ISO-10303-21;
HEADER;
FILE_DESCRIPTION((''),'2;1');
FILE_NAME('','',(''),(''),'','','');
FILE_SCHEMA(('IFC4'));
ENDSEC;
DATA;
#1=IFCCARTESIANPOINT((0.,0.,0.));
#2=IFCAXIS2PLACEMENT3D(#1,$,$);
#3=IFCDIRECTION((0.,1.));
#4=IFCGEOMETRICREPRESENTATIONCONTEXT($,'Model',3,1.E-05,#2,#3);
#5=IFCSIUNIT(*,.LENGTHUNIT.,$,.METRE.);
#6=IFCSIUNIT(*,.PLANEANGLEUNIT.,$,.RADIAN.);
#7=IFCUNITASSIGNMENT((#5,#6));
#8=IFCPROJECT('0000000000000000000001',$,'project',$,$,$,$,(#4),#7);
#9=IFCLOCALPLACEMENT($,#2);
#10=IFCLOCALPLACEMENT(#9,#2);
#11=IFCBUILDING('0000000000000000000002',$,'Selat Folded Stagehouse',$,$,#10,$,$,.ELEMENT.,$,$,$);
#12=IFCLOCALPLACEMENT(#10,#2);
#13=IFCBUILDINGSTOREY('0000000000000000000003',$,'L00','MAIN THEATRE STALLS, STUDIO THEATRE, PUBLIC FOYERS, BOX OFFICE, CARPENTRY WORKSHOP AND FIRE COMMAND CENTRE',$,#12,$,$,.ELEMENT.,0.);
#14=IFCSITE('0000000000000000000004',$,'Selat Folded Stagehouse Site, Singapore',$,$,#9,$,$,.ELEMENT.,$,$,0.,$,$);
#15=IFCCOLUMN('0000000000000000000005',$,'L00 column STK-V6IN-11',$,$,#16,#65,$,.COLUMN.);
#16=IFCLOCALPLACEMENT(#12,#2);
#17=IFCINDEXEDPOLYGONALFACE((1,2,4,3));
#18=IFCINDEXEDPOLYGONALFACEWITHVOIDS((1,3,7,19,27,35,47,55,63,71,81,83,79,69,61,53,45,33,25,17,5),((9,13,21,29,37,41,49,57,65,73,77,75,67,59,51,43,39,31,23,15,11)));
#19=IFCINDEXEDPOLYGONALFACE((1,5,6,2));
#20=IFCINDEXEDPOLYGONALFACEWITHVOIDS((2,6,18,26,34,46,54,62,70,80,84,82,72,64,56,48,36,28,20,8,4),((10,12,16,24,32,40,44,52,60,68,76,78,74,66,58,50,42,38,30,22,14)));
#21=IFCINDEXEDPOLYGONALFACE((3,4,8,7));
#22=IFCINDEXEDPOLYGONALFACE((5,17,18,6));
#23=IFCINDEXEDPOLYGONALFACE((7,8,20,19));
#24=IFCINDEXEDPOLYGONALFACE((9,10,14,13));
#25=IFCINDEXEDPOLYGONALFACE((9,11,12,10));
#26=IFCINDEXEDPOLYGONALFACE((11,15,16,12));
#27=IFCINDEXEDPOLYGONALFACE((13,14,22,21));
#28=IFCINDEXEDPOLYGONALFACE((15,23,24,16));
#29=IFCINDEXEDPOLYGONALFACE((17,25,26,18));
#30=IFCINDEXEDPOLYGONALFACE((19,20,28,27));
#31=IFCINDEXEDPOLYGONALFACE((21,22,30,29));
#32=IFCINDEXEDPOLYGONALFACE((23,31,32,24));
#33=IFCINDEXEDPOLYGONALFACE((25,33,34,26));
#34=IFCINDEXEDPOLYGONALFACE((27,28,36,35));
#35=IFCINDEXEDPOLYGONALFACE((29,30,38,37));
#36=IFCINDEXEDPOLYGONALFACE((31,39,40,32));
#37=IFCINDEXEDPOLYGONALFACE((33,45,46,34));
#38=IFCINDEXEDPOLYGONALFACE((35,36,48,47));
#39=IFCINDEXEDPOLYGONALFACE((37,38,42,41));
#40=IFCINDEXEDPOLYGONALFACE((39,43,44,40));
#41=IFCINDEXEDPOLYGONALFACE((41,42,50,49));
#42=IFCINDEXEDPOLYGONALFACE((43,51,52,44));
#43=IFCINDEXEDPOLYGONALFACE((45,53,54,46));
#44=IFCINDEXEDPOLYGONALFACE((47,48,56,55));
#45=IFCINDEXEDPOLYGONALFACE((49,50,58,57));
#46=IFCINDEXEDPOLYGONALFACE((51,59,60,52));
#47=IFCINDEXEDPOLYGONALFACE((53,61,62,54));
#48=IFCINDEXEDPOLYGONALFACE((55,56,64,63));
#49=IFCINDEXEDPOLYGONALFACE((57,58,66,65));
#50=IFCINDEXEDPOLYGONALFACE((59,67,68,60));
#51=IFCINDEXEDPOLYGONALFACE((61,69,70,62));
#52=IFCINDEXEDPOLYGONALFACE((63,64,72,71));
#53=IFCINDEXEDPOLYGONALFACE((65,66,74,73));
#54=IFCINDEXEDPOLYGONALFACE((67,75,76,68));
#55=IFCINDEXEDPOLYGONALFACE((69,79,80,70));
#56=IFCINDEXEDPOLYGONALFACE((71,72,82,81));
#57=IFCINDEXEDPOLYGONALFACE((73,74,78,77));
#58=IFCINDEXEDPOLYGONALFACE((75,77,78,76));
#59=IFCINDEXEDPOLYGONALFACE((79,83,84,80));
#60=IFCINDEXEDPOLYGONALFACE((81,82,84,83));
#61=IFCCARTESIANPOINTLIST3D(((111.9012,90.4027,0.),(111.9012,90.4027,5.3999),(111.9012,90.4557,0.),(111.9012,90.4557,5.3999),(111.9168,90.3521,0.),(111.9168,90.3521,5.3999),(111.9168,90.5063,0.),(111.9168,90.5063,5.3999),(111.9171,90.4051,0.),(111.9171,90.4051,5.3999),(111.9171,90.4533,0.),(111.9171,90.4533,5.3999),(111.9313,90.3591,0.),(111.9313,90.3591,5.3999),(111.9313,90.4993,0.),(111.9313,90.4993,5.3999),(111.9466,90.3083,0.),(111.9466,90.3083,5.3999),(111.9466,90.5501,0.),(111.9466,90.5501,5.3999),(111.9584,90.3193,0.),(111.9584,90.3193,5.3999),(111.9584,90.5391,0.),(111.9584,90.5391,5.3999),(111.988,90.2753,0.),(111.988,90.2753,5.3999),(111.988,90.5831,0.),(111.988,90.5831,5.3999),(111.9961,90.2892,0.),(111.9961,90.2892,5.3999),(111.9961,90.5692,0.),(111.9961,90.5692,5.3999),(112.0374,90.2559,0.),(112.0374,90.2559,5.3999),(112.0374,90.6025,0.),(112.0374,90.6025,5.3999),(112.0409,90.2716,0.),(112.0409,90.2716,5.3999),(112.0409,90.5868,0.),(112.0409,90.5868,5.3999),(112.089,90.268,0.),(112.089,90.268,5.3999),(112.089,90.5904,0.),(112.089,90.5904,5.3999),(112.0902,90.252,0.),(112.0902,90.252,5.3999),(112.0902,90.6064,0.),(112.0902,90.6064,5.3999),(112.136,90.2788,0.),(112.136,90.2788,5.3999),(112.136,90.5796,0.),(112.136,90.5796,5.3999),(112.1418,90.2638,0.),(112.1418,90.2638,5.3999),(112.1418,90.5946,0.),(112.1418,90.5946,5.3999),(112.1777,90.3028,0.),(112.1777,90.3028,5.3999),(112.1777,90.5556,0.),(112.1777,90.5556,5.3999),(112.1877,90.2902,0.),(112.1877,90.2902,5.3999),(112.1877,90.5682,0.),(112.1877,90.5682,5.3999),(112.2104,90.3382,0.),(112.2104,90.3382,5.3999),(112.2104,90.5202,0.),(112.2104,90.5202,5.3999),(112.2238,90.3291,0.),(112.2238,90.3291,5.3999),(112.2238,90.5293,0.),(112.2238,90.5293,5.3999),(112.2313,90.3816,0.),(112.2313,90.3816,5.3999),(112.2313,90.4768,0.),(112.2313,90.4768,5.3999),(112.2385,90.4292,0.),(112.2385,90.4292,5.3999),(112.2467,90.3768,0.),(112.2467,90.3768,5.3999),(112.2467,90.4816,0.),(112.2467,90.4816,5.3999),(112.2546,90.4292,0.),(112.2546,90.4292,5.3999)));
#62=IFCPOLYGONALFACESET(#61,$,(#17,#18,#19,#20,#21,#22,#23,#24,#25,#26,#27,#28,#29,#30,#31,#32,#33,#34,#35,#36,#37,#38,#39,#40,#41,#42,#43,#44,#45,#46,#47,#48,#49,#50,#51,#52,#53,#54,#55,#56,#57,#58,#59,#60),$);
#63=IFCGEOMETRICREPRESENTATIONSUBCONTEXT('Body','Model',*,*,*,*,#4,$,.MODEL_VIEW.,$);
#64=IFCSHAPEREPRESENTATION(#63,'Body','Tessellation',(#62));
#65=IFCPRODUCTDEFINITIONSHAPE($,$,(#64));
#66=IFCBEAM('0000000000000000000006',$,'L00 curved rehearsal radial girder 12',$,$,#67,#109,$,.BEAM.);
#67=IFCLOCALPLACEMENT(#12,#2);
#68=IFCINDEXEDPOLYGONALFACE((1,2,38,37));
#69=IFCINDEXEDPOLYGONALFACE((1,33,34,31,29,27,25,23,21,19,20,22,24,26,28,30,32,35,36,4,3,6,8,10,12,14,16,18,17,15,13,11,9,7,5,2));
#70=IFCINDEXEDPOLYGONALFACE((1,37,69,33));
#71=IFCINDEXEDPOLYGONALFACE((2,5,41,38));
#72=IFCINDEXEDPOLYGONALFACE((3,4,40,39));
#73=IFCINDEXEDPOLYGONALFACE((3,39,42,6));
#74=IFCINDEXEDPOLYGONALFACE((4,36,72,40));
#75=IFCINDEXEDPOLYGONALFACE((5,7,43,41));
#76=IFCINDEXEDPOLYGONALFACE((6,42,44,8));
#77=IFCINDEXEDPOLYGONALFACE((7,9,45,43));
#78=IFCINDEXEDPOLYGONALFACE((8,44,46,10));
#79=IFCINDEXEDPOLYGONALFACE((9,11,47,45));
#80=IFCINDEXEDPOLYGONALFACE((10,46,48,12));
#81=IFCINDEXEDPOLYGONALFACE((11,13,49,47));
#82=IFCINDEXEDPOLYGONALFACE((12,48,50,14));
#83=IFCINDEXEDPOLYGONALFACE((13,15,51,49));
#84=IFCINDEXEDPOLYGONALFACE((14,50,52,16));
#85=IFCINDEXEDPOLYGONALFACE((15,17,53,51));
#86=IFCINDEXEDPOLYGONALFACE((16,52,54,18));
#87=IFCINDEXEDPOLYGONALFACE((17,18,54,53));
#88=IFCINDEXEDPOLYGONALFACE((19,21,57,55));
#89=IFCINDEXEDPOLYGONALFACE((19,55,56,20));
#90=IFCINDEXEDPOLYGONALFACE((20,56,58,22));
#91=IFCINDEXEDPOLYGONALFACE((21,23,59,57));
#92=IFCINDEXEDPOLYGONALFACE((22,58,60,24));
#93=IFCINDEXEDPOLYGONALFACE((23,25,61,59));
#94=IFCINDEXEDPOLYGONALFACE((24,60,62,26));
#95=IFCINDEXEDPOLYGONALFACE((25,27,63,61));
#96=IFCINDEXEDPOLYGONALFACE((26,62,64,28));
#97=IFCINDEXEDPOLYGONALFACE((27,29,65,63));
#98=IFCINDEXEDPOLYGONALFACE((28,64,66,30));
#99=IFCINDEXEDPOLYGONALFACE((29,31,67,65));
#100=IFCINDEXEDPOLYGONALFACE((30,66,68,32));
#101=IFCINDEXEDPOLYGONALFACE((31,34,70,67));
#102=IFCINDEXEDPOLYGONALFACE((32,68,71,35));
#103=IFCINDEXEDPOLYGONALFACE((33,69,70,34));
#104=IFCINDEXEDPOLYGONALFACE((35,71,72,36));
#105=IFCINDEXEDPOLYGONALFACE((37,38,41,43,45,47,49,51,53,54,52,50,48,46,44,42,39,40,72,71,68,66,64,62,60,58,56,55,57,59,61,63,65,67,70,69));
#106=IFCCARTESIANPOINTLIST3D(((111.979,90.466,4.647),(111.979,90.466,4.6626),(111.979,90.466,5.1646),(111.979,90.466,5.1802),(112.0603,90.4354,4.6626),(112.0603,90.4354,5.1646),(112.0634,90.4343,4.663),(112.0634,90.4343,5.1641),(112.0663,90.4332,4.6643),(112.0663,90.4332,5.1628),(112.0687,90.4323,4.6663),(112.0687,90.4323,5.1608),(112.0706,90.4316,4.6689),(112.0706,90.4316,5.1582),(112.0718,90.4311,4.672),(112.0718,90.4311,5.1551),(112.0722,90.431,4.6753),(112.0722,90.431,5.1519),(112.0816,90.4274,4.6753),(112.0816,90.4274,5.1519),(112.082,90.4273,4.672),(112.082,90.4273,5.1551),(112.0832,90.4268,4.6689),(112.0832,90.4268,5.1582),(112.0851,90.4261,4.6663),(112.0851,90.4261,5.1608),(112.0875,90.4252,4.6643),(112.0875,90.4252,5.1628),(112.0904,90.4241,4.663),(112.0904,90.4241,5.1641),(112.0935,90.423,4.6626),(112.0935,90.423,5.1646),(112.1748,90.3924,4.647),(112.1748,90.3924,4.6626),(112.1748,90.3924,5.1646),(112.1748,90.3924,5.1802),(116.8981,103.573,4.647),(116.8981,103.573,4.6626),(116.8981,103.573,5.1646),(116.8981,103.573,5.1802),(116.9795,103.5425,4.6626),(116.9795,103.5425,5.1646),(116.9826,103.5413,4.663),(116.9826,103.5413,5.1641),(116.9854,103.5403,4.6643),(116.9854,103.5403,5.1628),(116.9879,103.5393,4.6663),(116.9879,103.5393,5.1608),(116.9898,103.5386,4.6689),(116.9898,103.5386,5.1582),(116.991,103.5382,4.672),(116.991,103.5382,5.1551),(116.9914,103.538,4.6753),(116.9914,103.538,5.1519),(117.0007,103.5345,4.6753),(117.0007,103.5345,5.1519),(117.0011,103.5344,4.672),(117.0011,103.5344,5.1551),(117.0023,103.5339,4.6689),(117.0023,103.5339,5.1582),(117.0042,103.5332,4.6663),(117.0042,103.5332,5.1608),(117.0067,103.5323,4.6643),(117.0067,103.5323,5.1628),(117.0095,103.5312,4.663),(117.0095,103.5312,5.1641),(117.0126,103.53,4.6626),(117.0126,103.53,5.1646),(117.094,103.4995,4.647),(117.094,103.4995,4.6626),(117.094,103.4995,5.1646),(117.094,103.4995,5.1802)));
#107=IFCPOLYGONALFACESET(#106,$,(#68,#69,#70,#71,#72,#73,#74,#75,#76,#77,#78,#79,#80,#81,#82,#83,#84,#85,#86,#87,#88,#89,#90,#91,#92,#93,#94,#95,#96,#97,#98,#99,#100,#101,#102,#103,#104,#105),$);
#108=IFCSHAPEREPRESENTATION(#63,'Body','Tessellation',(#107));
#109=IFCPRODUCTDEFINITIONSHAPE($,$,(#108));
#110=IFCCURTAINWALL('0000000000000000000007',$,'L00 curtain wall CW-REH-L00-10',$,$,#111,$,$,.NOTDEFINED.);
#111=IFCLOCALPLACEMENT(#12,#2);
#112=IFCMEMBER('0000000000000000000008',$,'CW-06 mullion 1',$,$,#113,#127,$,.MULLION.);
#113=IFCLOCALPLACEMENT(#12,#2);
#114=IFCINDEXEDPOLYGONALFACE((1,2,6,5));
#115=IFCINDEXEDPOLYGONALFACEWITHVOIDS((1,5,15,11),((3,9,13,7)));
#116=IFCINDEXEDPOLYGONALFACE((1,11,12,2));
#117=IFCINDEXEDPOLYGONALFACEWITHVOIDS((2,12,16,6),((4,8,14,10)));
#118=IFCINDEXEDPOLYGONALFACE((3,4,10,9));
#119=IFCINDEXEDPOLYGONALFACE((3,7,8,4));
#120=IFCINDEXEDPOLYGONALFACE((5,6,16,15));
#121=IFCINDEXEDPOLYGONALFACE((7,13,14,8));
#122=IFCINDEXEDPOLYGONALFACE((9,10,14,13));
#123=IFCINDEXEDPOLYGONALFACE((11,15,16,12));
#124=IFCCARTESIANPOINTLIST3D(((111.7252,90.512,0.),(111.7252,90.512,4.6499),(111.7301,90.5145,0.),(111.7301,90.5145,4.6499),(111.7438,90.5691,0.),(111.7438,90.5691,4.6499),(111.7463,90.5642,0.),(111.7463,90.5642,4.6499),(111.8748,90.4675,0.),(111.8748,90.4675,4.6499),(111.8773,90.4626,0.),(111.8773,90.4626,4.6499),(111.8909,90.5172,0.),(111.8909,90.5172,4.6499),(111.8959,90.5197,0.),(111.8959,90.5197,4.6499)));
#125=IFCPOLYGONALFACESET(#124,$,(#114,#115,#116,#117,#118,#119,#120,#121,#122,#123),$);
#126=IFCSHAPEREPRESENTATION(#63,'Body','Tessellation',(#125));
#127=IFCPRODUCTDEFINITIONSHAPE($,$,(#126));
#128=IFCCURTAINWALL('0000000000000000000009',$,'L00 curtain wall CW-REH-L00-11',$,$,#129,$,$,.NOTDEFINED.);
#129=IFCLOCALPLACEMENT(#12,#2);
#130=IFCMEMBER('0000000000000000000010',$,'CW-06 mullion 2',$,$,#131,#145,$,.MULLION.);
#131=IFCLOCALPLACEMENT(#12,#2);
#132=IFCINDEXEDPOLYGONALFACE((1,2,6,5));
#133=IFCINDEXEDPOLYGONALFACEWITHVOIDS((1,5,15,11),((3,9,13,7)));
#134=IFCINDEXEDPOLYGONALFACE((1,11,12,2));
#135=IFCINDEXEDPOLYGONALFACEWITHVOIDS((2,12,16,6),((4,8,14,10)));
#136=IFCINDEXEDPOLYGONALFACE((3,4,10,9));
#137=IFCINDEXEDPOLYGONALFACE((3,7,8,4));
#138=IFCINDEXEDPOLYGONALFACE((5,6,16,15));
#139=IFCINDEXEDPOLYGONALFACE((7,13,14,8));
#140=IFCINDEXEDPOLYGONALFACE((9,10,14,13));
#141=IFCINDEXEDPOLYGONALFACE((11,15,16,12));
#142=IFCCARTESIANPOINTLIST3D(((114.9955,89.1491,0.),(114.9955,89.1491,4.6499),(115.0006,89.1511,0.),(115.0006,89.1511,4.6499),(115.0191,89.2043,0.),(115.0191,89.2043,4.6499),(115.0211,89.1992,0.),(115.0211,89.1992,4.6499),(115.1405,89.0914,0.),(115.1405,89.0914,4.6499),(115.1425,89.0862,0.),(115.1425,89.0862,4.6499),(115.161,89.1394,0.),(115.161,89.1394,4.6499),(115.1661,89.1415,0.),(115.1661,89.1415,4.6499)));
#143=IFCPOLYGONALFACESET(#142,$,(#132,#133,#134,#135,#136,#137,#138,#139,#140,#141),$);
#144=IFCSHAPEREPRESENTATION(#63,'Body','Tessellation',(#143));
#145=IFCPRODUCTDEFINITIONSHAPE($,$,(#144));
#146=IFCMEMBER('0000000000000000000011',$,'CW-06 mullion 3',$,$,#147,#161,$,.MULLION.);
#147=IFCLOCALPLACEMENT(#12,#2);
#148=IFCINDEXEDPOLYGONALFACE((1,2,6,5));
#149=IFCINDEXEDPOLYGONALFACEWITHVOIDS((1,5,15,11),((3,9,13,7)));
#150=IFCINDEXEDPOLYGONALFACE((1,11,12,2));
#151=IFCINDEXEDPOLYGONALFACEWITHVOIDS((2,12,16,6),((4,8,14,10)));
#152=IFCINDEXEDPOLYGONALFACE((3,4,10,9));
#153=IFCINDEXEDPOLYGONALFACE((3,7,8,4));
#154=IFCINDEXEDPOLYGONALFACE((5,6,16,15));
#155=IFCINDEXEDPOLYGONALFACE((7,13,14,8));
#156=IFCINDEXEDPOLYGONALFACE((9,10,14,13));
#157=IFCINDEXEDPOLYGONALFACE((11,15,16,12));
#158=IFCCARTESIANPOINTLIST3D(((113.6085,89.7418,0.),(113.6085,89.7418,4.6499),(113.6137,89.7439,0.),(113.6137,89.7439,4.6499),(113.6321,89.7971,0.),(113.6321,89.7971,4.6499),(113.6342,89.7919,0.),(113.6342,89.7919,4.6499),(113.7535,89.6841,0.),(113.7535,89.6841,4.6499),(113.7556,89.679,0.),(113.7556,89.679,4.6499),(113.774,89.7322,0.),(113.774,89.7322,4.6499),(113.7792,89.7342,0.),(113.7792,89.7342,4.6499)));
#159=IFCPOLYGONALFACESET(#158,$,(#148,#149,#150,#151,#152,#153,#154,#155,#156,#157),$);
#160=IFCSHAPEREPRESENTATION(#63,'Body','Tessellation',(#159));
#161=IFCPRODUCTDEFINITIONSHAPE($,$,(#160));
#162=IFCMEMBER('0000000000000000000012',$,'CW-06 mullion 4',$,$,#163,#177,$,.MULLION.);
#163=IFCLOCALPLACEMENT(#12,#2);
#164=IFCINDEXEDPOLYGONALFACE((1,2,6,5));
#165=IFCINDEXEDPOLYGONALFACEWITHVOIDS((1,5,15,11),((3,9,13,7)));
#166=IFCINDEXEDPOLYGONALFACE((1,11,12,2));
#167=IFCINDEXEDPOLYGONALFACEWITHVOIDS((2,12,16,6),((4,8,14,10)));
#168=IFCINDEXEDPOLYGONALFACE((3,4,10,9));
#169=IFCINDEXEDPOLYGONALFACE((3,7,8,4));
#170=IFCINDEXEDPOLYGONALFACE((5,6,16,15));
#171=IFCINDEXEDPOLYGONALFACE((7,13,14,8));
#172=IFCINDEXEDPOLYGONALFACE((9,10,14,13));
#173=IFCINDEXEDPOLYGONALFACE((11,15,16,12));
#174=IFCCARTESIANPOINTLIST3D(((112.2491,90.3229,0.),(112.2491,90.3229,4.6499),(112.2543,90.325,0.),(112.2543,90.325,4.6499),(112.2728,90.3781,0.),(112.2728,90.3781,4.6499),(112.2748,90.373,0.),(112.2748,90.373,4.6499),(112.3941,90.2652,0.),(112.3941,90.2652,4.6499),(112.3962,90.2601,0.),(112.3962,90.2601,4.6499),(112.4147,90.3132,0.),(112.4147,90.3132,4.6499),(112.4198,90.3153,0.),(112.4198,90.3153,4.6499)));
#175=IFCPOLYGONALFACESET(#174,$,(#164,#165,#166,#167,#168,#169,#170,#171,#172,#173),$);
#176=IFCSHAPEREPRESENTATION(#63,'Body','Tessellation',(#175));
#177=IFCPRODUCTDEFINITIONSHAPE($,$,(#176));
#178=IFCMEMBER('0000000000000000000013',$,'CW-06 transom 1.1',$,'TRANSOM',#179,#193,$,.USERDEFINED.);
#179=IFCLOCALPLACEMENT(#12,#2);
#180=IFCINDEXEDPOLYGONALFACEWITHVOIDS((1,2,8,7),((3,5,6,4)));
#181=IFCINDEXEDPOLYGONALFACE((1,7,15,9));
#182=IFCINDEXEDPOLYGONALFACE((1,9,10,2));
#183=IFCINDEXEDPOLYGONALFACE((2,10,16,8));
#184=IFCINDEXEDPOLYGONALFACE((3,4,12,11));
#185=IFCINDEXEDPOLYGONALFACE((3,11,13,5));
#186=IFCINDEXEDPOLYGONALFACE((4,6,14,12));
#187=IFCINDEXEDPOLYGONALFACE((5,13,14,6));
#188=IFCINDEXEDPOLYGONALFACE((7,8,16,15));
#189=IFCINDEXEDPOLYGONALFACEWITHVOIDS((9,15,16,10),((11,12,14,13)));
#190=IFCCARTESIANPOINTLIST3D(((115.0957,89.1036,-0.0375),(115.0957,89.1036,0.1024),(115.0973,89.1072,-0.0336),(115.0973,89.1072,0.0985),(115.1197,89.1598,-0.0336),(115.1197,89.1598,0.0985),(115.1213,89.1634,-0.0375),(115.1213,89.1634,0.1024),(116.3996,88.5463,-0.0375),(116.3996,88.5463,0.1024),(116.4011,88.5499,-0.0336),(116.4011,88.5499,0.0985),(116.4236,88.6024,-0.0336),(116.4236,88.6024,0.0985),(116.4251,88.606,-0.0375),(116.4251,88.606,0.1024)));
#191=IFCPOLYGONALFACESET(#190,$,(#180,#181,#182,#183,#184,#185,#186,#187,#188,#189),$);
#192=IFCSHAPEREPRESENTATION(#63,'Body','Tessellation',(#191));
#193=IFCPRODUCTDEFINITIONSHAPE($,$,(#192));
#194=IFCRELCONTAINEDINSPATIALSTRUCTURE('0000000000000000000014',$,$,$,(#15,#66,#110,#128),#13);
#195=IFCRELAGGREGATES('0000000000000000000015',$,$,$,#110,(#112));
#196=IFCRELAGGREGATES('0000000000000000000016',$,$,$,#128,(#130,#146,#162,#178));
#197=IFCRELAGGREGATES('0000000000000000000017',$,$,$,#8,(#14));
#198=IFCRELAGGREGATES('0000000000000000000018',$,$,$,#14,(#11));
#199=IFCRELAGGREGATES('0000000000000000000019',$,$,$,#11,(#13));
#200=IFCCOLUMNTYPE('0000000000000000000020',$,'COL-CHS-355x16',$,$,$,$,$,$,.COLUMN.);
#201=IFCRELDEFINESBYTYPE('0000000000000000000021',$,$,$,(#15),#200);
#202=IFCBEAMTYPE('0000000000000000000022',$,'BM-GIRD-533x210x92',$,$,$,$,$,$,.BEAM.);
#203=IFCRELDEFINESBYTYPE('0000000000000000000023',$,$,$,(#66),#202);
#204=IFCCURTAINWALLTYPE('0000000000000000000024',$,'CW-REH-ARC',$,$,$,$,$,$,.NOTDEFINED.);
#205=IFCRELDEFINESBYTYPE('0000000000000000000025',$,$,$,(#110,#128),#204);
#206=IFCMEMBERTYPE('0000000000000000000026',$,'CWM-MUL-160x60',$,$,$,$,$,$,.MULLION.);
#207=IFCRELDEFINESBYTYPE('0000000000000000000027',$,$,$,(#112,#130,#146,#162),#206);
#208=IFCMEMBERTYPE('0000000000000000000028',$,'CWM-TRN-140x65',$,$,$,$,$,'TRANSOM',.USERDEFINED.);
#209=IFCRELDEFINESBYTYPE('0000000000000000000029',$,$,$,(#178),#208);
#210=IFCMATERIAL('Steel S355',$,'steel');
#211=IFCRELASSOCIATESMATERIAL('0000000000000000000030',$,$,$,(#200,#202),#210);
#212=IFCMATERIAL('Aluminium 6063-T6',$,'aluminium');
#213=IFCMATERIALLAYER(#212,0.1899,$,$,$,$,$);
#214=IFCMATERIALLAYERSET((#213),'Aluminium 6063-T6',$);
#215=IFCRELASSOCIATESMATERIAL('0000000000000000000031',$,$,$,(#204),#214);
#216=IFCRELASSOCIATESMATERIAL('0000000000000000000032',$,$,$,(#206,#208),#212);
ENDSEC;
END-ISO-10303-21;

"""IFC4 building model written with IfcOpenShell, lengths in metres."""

from ifc_helpers import new_model, si_unit, direction, frame, origin, origin_2d, place, context, subcontext, project, spatial, hollow_rectangle, hollow_circle, i_section, extrude, material, layer, layer_set, material_profile, profile_set, type_object, element, aggregate, save


model = new_model("IFC4")

# Units and contexts
model_context = context("Model", 3, precision=1e-05, world=origin(), true_north=direction((0.0, 1.0)))
body_context = subcontext(model_context, "Body", "Model", "MODEL_VIEW")
ifc_project = project(units=[si_unit("LENGTHUNIT", "METRE"), si_unit("PLANEANGLEUNIT", "RADIAN")], contexts=[model_context])

# Site, building, storey
site_placement = place(None, origin())
site = spatial("IfcSite", under=ifc_project, at=site_placement, Name="Selat Folded Stagehouse Site, Singapore", CompositionType="ELEMENT", RefElevation=0.0)
building_placement = place(site_placement, origin())
building = spatial("IfcBuilding", under=site, at=building_placement, Name="Selat Folded Stagehouse", CompositionType="ELEMENT")
storey_placement = place(building_placement, origin())
storey = spatial("IfcBuildingStorey", under=building, at=storey_placement, Name="L00", Description="MAIN THEATRE STALLS, STUDIO THEATRE, PUBLIC FOYERS, BOX OFFICE, CARPENTRY WORKSHOP AND FIRE COMMAND CENTRE", CompositionType="ELEMENT", Elevation=0.0)

# Column
ifc_material_1 = material(Name="Steel S355", Category="steel")
ifc_material_profile_1 = material_profile(ifc_material_1, hollow_circle(Radius=0.1777, WallThickness=0.0161, at=origin_2d()), Name="CHS 355.6x16.0")
ifc_profile_set_1 = profile_set([ifc_material_profile_1], Name="Steel S355")
column_type = type_object("IfcColumnType", Name="COL-CHS-355x16", PredefinedType="COLUMN", material=ifc_profile_set_1)
column_placement = place(storey_placement, frame((112.0769, 90.4292, 0.0), z_axis=(0.0, 0.0, 1.0), x_axis=(1.0, 0.0, 0.0)))
element("IfcColumn", 1, at=column_placement, inside=storey, type_object=column_type, Name="L00 column STK-V6IN-11", PredefinedType="COLUMN", context=body_context, shape_type="SweptSolid", body=[
    extrude(hollow_circle(Radius=0.1777, WallThickness=0.0161, at=origin_2d()), origin(), (0.0, 0.0, 1.0), 5.3999),
])

# Beam
ifc_material_profile_2 = material_profile(ifc_material_1, i_section(OverallWidth=0.2092, OverallDepth=0.5332, WebThickness=0.01, FlangeThickness=0.0156, FilletRadius=0.0127, at=origin_2d()), Name="UKB 533x210x92")
ifc_profile_set_2 = profile_set([ifc_material_profile_2], Name="Steel S355")
beam_type_1 = type_object("IfcBeamType", Name="BM-GIRD-533x210x92", PredefinedType="BEAM", material=ifc_profile_set_2)
beam_1_placement = place(storey_placement, frame((112.0769, 90.4292, 4.9136), z_axis=(0.351374, 0.936235, 0.0), x_axis=(-0.936235, 0.351374, 0.0)))
element("IfcBeam", 2, at=beam_1_placement, inside=storey, type_object=beam_type_1, Name="L00 curved rehearsal radial girder 12", PredefinedType="BEAM", context=body_context, shape_type="SweptSolid", body=[
    extrude(i_section(OverallWidth=0.2092, OverallDepth=0.5332, WebThickness=0.01, FlangeThickness=0.0156, FilletRadius=0.0127, at=origin_2d()), origin(), (0.0, 0.0, 1.0), 13.9998),
])

# Curtain wall, member
ifc_material_2 = material(Name="Aluminium 6063-T6", Category="aluminium")
ifc_layer_1 = layer(ifc_material_2, 0.1899)
ifc_layer_set_1 = layer_set([ifc_layer_1], Name="Aluminium 6063-T6")
curtain_wall_type = type_object("IfcCurtainWallType", Name="CW-REH-ARC", PredefinedType="NOTDEFINED", material=ifc_layer_set_1)
curtain_wall_1_placement = place(storey_placement, origin())
curtain_wall_1 = element("IfcCurtainWall", 3, at=curtain_wall_1_placement, inside=storey, type_object=curtain_wall_type, Name="L00 curtain wall CW-REH-L00-10", PredefinedType="NOTDEFINED")
ifc_material_profile_3 = material_profile(ifc_material_2, hollow_rectangle(XDim=0.0601, YDim=0.1599, WallThickness=0.0039, at=origin_2d()), Name="ALU 160x60x4.0")
ifc_profile_set_3 = profile_set([ifc_material_profile_3], Name="Aluminium 6063-T6")
member_type_1 = type_object("IfcMemberType", Name="CWM-MUL-160x60", PredefinedType="MULLION", material=ifc_profile_set_3)
member_1_placement = place(storey_placement, frame((111.8105, 90.5159, 0.0), z_axis=(0.0, 0.0, 1.0), x_axis=(-0.308992, -0.951065, 0.0)))
member_1 = element("IfcMember", 4, at=member_1_placement, type_object=member_type_1, Name="CW-06 mullion 1", PredefinedType="MULLION", context=body_context, shape_type="SweptSolid", body=[
    extrude(hollow_rectangle(XDim=0.0601, YDim=0.1599, WallThickness=0.0039, at=origin_2d()), origin(), (0.0, 0.0, 1.0), 4.6499),
])
aggregate(curtain_wall_1, [member_1])

# Curtain wall, members
curtain_wall_2_placement = place(storey_placement, origin())
curtain_wall_2 = element("IfcCurtainWall", 5, at=curtain_wall_2_placement, inside=storey, type_object=curtain_wall_type, Name="L00 curtain wall CW-REH-L00-11", PredefinedType="NOTDEFINED")
member_2_placement = place(storey_placement, frame((115.0808, 89.1453, 0.0), z_axis=(0.0, 0.0, 1.0), x_axis=(-0.393012, -0.919533, 0.0)))
member_2 = element("IfcMember", 6, at=member_2_placement, type_object=member_type_1, Name="CW-06 mullion 2", PredefinedType="MULLION", context=body_context, shape_type="SweptSolid", body=[
    extrude(hollow_rectangle(XDim=0.0601, YDim=0.1599, WallThickness=0.0039, at=origin_2d()), origin(), (0.0, 0.0, 1.0), 4.6499),
])
member_3_placement = place(storey_placement, frame((113.6938, 89.738, 0.0), z_axis=(0.0, 0.0, 1.0), x_axis=(-0.393012, -0.919533, 0.0)))
member_3 = element("IfcMember", 7, at=member_3_placement, type_object=member_type_1, Name="CW-06 mullion 3", PredefinedType="MULLION", context=body_context, shape_type="SweptSolid", body=[
    extrude(hollow_rectangle(XDim=0.0601, YDim=0.1599, WallThickness=0.0039, at=origin_2d()), origin(), (0.0, 0.0, 1.0), 4.6499),
])
member_4_placement = place(storey_placement, frame((112.3345, 90.3191, 0.0), z_axis=(0.0, 0.0, 1.0), x_axis=(-0.393012, -0.919533, 0.0)))
member_4 = element("IfcMember", 8, at=member_4_placement, type_object=member_type_1, Name="CW-06 mullion 4", PredefinedType="MULLION", context=body_context, shape_type="SweptSolid", body=[
    extrude(hollow_rectangle(XDim=0.0601, YDim=0.1599, WallThickness=0.0039, at=origin_2d()), origin(), (0.0, 0.0, 1.0), 4.6499),
])
ifc_material_profile_4 = material_profile(ifc_material_2, hollow_rectangle(XDim=0.0649, YDim=0.1399, WallThickness=0.0039, at=origin_2d()), Name="ALU 140x65x4.0")
ifc_profile_set_4 = profile_set([ifc_material_profile_4], Name="Aluminium 6063-T6")
member_type_2 = type_object("IfcMemberType", Name="CWM-TRN-140x65", ElementType="TRANSOM", PredefinedType="USERDEFINED", material=ifc_profile_set_4)
member_5_placement = place(storey_placement, frame((116.4124, 88.5762, 0.0325), z_axis=(-0.919519, 0.393046, 0.0), x_axis=(-0.393046, -0.919519, 0.0)))
member_5 = element("IfcMember", 9, at=member_5_placement, type_object=member_type_2, Name="CW-06 transom 1.1", ObjectType="TRANSOM", PredefinedType="USERDEFINED", context=body_context, shape_type="SweptSolid", body=[
    extrude(hollow_rectangle(XDim=0.0649, YDim=0.1399, WallThickness=0.0039, at=origin_2d()), origin(), (0.0, 0.0, 1.0), 1.418),
])

aggregate(curtain_wall_2, [member_2, member_3, member_4, member_5])

save(model, "model.ifc")
